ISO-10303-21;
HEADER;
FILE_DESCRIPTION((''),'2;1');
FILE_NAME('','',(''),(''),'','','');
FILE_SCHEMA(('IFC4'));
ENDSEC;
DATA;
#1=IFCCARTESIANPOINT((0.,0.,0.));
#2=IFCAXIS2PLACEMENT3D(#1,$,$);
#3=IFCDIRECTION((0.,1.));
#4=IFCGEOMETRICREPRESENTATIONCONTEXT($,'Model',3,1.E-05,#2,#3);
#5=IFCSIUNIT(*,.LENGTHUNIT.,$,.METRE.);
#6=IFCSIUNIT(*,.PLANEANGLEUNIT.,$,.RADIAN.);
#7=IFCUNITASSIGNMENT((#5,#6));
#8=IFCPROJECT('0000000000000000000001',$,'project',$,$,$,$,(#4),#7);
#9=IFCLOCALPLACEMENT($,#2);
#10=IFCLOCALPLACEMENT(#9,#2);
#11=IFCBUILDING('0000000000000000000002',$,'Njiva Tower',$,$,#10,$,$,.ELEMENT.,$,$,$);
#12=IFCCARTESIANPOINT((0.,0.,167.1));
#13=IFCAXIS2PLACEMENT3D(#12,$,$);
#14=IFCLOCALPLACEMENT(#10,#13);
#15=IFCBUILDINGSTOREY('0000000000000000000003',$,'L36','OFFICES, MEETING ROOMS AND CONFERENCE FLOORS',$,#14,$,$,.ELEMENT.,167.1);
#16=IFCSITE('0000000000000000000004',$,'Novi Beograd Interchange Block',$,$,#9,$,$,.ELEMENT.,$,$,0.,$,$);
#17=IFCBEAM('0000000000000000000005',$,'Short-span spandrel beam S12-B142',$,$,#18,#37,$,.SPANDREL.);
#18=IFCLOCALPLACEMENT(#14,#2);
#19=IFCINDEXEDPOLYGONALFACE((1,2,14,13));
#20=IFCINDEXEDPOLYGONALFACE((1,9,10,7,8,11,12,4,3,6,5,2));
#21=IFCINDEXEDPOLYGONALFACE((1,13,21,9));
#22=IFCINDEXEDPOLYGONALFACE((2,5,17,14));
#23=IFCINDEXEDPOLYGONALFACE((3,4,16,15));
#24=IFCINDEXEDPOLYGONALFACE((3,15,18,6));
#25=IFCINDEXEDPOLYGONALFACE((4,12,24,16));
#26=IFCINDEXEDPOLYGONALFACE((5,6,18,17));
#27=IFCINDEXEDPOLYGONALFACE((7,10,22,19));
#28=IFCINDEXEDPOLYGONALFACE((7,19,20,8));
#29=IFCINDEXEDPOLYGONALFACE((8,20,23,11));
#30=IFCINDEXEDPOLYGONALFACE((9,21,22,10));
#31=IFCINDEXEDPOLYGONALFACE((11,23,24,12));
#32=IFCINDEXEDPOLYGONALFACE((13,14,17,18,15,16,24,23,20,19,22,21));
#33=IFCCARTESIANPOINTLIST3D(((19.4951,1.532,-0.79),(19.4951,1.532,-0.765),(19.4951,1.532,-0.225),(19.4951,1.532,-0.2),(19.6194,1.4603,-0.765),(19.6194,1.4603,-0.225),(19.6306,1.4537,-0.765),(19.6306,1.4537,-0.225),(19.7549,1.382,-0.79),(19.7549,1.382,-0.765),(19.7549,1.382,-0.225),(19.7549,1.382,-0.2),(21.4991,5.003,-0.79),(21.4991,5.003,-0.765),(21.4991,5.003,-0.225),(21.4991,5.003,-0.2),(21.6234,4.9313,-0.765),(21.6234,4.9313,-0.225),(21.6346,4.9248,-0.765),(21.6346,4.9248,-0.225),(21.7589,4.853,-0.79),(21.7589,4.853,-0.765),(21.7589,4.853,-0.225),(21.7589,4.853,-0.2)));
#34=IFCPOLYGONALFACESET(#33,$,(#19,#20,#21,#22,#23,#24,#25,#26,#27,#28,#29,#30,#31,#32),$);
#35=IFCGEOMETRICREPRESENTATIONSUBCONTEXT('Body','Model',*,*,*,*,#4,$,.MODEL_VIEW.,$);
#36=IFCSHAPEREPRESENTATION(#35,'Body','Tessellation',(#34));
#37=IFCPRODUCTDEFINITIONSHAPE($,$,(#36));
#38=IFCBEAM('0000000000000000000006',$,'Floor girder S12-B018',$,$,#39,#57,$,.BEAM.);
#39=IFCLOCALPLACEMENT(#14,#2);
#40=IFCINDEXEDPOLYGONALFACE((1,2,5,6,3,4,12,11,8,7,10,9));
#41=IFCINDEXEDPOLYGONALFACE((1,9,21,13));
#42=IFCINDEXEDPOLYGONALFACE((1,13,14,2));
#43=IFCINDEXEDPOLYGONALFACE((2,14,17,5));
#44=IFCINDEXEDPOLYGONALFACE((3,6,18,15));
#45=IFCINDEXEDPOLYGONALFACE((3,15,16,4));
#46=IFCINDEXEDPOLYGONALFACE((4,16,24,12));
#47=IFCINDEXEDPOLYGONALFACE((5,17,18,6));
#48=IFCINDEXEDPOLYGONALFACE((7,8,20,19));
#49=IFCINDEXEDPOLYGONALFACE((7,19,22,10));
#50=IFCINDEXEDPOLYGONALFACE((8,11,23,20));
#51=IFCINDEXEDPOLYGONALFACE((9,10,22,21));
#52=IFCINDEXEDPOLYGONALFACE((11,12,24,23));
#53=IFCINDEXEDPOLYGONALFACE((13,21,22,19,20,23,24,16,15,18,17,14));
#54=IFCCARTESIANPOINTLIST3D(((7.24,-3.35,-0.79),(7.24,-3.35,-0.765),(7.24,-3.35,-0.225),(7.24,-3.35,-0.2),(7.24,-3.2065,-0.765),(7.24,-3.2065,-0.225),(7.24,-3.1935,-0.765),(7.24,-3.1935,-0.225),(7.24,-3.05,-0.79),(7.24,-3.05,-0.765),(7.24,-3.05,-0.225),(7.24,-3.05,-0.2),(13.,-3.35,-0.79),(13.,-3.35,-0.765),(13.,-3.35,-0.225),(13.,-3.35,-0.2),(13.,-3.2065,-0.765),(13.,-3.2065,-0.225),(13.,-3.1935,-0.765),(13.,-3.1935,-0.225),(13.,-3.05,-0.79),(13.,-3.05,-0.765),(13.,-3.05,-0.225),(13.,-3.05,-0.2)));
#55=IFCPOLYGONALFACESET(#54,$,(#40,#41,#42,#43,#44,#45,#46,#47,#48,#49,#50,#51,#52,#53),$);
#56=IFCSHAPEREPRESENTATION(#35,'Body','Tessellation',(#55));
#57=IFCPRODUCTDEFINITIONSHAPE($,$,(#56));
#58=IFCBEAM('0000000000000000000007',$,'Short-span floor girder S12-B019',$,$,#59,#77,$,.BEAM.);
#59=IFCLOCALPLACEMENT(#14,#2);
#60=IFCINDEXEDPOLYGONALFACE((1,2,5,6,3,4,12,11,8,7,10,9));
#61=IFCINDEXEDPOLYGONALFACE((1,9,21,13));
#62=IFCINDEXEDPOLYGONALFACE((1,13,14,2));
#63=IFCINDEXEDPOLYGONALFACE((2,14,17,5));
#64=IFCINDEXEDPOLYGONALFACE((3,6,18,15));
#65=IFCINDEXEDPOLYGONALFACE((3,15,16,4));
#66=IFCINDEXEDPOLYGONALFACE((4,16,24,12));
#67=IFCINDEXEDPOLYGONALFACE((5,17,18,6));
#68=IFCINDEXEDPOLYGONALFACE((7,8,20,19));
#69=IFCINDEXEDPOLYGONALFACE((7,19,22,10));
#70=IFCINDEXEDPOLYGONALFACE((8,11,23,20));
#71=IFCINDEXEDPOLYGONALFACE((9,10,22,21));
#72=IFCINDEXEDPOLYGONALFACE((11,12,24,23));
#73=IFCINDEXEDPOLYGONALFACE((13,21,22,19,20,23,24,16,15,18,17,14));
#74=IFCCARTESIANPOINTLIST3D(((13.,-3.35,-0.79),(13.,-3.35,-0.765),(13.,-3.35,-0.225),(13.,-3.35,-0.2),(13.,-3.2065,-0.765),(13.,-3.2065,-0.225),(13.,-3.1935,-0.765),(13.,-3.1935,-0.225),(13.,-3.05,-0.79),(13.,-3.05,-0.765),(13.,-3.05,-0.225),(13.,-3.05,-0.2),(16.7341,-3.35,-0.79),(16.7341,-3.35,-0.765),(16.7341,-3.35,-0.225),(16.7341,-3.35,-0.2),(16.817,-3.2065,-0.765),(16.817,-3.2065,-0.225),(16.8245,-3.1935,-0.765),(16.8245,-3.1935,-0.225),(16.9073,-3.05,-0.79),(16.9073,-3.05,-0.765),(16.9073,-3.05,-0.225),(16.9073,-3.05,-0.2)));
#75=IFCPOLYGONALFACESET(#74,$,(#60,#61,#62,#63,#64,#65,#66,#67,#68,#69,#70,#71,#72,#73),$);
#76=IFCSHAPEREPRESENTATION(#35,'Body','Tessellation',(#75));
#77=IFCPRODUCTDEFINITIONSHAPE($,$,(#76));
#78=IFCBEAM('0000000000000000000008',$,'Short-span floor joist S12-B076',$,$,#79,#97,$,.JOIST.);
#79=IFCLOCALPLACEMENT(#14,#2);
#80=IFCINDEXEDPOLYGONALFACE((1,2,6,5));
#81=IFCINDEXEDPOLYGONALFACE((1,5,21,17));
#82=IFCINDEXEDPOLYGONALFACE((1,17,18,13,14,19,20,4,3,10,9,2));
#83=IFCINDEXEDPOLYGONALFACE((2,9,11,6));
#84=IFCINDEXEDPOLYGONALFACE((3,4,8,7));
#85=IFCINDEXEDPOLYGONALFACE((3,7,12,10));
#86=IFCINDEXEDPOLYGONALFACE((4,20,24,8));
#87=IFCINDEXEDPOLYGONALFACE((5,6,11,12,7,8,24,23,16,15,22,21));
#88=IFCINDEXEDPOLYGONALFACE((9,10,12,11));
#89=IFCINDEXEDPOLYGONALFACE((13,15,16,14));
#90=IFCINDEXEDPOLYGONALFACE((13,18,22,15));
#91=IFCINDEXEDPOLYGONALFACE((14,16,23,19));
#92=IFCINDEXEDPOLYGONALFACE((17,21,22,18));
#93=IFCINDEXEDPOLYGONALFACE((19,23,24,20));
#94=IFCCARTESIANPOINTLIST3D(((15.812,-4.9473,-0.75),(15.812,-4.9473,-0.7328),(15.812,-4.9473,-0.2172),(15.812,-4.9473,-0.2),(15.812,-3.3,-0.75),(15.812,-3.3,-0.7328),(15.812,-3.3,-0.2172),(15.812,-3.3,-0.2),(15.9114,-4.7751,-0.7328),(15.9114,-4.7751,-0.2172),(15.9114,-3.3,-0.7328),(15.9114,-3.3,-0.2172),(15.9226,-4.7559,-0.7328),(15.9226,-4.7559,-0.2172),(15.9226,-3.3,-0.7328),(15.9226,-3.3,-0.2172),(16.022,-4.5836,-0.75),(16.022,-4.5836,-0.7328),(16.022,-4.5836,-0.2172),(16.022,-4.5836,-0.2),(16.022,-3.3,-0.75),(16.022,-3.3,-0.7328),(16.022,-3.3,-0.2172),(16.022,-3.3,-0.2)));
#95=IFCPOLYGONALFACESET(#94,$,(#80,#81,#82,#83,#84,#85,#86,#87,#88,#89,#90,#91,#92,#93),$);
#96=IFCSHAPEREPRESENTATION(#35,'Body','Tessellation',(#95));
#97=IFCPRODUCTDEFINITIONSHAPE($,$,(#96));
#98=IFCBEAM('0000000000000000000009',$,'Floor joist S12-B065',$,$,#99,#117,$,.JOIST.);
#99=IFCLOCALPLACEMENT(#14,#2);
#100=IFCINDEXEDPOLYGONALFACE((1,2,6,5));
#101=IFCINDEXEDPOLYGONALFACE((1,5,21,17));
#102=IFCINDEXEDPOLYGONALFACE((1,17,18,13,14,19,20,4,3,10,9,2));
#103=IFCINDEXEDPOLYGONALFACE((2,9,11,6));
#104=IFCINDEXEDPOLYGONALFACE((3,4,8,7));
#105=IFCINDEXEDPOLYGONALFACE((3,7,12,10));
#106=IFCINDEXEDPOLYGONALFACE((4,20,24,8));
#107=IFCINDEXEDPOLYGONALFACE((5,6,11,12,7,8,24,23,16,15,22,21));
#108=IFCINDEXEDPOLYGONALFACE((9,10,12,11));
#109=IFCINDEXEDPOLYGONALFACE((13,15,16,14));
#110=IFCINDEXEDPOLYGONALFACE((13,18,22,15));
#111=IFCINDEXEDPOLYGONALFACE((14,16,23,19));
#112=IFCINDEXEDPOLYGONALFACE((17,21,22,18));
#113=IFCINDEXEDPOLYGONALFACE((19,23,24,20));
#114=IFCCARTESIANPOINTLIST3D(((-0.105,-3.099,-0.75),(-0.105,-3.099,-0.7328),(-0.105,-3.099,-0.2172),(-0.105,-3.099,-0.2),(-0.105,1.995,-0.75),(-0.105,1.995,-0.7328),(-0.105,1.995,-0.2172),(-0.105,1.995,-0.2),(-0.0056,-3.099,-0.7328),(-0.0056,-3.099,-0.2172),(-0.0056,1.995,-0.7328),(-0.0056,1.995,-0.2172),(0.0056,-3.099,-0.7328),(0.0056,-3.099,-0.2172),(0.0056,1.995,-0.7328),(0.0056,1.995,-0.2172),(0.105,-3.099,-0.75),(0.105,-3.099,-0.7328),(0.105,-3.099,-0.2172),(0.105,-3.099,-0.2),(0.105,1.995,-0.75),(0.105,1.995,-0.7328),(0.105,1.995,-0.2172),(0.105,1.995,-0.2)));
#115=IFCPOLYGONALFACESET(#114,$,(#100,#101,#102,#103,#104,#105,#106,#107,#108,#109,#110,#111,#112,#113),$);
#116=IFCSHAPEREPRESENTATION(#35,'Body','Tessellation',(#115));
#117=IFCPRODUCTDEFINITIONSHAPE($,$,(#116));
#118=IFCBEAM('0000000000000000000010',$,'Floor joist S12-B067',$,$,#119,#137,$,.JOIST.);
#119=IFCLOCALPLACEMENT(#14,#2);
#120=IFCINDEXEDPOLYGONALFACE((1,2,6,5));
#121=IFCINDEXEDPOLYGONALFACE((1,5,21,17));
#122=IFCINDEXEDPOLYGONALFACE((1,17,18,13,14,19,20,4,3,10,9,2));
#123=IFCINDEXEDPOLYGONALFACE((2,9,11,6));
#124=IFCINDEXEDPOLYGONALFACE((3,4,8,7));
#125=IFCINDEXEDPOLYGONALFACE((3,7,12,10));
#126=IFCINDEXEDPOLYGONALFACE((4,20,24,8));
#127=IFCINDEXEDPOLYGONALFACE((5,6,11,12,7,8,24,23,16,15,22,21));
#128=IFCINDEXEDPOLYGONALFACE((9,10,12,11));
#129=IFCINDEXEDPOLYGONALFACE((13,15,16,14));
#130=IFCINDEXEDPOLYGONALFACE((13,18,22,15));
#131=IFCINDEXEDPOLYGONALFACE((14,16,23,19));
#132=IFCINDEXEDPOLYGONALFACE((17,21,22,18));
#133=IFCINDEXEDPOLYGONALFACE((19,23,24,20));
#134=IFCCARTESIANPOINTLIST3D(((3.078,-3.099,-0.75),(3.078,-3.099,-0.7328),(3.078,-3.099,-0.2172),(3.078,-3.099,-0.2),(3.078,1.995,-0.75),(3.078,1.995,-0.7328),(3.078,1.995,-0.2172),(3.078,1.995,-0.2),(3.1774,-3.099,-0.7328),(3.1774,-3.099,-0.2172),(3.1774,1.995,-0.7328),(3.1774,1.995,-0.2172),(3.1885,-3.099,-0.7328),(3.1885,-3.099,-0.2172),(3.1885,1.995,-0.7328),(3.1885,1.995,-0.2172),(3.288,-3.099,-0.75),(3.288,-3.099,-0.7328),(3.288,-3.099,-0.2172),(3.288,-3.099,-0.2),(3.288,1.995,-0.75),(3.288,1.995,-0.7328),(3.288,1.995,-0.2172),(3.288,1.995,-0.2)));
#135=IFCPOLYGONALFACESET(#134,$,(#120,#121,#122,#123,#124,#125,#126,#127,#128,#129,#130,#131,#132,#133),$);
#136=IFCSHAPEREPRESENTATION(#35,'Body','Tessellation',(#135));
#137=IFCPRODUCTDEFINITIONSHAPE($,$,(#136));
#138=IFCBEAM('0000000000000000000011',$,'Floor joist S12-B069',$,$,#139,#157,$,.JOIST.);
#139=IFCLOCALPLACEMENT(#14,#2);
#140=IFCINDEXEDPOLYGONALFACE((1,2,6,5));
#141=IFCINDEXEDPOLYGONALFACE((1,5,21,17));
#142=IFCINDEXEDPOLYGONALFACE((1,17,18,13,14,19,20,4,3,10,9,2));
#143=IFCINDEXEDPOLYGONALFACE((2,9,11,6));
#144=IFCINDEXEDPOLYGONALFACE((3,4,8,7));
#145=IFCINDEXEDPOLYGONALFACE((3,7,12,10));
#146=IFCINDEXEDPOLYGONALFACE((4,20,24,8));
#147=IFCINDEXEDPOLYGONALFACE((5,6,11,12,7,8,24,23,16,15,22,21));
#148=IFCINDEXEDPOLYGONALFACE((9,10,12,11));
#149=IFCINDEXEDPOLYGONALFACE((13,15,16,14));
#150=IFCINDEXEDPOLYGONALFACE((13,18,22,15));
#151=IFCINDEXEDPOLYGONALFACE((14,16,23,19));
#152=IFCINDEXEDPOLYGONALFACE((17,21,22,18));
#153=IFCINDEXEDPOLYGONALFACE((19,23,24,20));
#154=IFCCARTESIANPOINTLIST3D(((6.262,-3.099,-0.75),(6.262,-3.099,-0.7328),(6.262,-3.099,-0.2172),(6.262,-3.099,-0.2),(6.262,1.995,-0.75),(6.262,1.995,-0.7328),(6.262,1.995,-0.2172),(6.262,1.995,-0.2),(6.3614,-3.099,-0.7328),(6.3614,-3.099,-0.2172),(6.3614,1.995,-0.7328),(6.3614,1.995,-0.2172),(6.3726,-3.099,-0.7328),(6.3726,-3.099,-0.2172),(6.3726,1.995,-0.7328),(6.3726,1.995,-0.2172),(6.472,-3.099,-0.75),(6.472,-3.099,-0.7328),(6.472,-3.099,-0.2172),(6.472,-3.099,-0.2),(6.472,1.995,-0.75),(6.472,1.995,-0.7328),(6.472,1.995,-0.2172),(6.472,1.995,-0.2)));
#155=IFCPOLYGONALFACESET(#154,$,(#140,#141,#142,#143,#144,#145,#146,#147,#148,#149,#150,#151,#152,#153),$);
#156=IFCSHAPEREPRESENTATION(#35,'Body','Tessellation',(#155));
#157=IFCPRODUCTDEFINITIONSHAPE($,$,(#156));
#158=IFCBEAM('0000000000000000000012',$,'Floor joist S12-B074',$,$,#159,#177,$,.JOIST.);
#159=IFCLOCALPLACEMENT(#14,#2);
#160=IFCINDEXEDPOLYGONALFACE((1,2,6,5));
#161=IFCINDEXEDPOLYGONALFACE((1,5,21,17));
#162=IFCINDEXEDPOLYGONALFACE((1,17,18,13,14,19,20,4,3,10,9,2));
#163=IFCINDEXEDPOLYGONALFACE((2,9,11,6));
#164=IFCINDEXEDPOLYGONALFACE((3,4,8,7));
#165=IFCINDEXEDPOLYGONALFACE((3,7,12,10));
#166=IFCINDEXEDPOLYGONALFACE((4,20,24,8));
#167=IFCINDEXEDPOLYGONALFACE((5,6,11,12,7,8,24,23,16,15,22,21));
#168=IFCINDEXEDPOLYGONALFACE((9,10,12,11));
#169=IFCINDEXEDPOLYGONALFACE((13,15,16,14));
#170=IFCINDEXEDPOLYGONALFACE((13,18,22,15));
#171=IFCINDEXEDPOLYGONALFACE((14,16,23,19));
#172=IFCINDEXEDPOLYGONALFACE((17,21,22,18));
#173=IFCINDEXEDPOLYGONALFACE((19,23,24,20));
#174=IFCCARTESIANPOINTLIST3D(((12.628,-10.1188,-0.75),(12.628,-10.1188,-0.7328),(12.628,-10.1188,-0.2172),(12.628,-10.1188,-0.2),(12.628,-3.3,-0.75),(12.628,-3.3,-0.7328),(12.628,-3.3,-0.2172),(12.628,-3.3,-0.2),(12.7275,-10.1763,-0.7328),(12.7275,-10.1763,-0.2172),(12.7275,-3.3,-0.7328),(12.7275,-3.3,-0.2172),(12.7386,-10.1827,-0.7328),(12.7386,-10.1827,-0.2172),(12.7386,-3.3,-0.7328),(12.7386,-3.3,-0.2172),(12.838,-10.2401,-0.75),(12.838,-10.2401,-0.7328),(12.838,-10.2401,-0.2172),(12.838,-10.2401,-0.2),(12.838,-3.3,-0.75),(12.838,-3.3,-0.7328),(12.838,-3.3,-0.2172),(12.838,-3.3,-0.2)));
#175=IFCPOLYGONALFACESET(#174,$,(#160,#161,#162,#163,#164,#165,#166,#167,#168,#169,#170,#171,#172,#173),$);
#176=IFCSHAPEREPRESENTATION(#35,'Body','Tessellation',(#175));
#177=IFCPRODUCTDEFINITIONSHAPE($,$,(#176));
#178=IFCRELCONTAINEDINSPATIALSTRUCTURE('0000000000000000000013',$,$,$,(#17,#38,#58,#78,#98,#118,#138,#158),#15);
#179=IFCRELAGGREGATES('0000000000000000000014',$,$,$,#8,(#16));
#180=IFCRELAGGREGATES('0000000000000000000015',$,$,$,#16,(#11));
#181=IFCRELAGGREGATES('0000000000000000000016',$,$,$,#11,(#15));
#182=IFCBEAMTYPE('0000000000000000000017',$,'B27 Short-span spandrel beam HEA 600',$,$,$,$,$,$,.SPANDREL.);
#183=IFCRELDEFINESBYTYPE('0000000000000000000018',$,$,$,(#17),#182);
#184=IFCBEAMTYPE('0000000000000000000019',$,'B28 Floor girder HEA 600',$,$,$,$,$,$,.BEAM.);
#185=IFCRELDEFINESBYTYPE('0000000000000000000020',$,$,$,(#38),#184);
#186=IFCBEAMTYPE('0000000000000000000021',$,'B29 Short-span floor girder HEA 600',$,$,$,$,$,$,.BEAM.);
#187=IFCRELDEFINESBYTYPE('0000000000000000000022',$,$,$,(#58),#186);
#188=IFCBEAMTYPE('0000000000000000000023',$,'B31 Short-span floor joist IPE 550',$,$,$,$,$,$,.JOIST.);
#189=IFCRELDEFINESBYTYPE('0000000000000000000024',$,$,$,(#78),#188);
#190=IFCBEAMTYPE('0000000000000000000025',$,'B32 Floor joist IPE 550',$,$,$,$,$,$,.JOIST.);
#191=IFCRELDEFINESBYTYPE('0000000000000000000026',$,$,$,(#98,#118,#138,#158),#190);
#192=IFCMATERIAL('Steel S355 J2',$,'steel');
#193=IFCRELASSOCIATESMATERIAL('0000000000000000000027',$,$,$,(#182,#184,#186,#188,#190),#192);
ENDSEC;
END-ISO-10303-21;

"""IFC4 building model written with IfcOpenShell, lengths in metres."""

from ifc_helpers import new_model, si_unit, direction, frame, origin, origin_2d, place, context, subcontext, project, spatial, i_section, extrude, clip, halfspace, material, material_profile, profile_set, type_object, element, save


model = new_model("IFC4")

# Units and contexts
model_context = context("Model", 3, precision=1e-05, world=origin(), true_north=direction((0.0, 1.0)))
body_context = subcontext(model_context, "Body", "Model", "MODEL_VIEW")
ifc_project = project(units=[si_unit("LENGTHUNIT", "METRE"), si_unit("PLANEANGLEUNIT", "RADIAN")], contexts=[model_context])

# Site, building, storey
site_placement = place(None, origin())
site = spatial("IfcSite", under=ifc_project, at=site_placement, Name="Novi Beograd Interchange Block", CompositionType="ELEMENT", RefElevation=0.0)
building_placement = place(site_placement, origin())
building = spatial("IfcBuilding", under=site, at=building_placement, Name="Njiva Tower", CompositionType="ELEMENT")
storey_placement = place(building_placement, frame((0.0, 0.0, 167.1)))
storey = spatial("IfcBuildingStorey", under=building, at=storey_placement, Name="L36", Description="OFFICES, MEETING ROOMS AND CONFERENCE FLOORS", CompositionType="ELEMENT", Elevation=167.1)

# Shared definitions
ifc_material_1 = material(Name="Steel S355 J2", Category="steel")

# Beams
ifc_material_profile_1 = material_profile(ifc_material_1, i_section(OverallWidth=0.3, OverallDepth=0.59, WebThickness=0.013, FlangeThickness=0.025, at=origin_2d()), Name="HEA 600")
ifc_profile_set_1 = profile_set([ifc_material_profile_1], Name="Steel S355 J2")
beam_type_1 = type_object("IfcBeamType", Name="B27 Short-span spandrel beam HEA 600", PredefinedType="SPANDREL", material=ifc_profile_set_1)
for number, where, z_axis, x_axis, name in (
    (1, (19.625, 1.457, -0.495), (0.500003, 0.866024, 0.0), (-0.866024, 0.500003, 0.0), "Short-span spandrel beam S12-B142"),
):
    element("IfcBeam", number, at=place(storey_placement, frame(where, z_axis=z_axis, x_axis=x_axis)), inside=storey, type_object=beam_type_1, Name=name, PredefinedType="SPANDREL", context=body_context, shape_type="SweptSolid", body=[
        extrude(i_section(OverallWidth=0.3, OverallDepth=0.59, WebThickness=0.013, FlangeThickness=0.025, at=origin_2d()), origin(), (0.0, 0.0, 1.0), 4.008),
    ])
ifc_material_profile_2 = material_profile(ifc_material_1, i_section(OverallWidth=0.3, OverallDepth=0.59, WebThickness=0.013, FlangeThickness=0.025, at=origin_2d()), Name="HEA 600")
ifc_profile_set_2 = profile_set([ifc_material_profile_2], Name="Steel S355 J2")
beam_type_2 = type_object("IfcBeamType", Name="B28 Floor girder HEA 600", PredefinedType="BEAM", material=ifc_profile_set_2)
beam_1_placement = place(storey_placement, frame((7.24, -3.2, -0.495), z_axis=(1.0, 0.0, 0.0), x_axis=(0.0, 1.0, 0.0)))
element("IfcBeam", 2, at=beam_1_placement, inside=storey, type_object=beam_type_2, Name="Floor girder S12-B018", PredefinedType="BEAM", context=body_context, shape_type="SweptSolid", body=[
    extrude(i_section(OverallWidth=0.3, OverallDepth=0.59, WebThickness=0.013, FlangeThickness=0.025, at=origin_2d()), origin(), (0.0, 0.0, 1.0), 5.76),
])
ifc_material_profile_3 = material_profile(ifc_material_1, i_section(OverallWidth=0.3, OverallDepth=0.59, WebThickness=0.013, FlangeThickness=0.025, at=origin_2d()), Name="HEA 600")
ifc_profile_set_3 = profile_set([ifc_material_profile_3], Name="Steel S355 J2")
beam_type_3 = type_object("IfcBeamType", Name="B29 Short-span floor girder HEA 600", PredefinedType="BEAM", material=ifc_profile_set_3)
beam_2_placement = place(storey_placement, frame((13.0, -3.2, -0.495), z_axis=(1.0, 0.0, 0.0), x_axis=(0.0, 1.0, 0.0)))
element("IfcBeam", 3, at=beam_2_placement, inside=storey, type_object=beam_type_3, Name="Short-span floor girder S12-B019", PredefinedType="BEAM", context=body_context, shape_type="Clipping", body=[
    clip(extrude(i_section(OverallWidth=0.3, OverallDepth=0.59, WebThickness=0.013, FlangeThickness=0.025, at=origin_2d()), origin(), (0.0, 0.0, 1.0), 3.928), halfspace(frame((-0.025, 0.0, 3.8063), z_axis=(-0.499998, 0.0, 0.866027), x_axis=(0.0, 1.0, 0.0)), False)),
])
ifc_material_profile_4 = material_profile(ifc_material_1, i_section(OverallWidth=0.21, OverallDepth=0.55, WebThickness=0.0111, FlangeThickness=0.0172, at=origin_2d()), Name="IPE 550")
ifc_profile_set_4 = profile_set([ifc_material_profile_4], Name="Steel S355 J2")
beam_type_4 = type_object("IfcBeamType", Name="B31 Short-span floor joist IPE 550", PredefinedType="JOIST", material=ifc_profile_set_4)
beam_3_placement = place(storey_placement, frame((15.917, -3.3, -0.475), z_axis=(0.0, -1.0, 0.0), x_axis=(1.0, 0.0, 0.0)))
element("IfcBeam", 4, at=beam_3_placement, inside=storey, type_object=beam_type_4, Name="Short-span floor joist S12-B076", PredefinedType="JOIST", context=body_context, shape_type="Clipping", body=[
    clip(extrude(i_section(OverallWidth=0.21, OverallDepth=0.55, WebThickness=0.0111, FlangeThickness=0.0172, at=origin_2d()), origin(), (0.0, 0.0, 1.0), 1.668), halfspace(frame((0.043, 0.0, 1.391), z_axis=(0.866027, 0.0, 0.499998), x_axis=(0.0, 1.0, 0.0)), False)),
])
ifc_material_profile_5 = material_profile(ifc_material_1, i_section(OverallWidth=0.21, OverallDepth=0.55, WebThickness=0.0111, FlangeThickness=0.0172, at=origin_2d()), Name="IPE 550")
ifc_profile_set_5 = profile_set([ifc_material_profile_5], Name="Steel S355 J2")
beam_type_5 = type_object("IfcBeamType", Name="B32 Floor joist IPE 550", PredefinedType="JOIST", material=ifc_profile_set_5)
for number, where, z_axis, x_axis, name in (
    (5, (0.0, 1.995, -0.475), (0.0, -1.0, 0.0), (1.0, 0.0, 0.0), "Floor joist S12-B065"),
    (6, (3.183, 1.995, -0.475), (0.0, -1.0, 0.0), (1.0, 0.0, 0.0), "Floor joist S12-B067"),
    (7, (6.367, 1.995, -0.475), (0.0, -1.0, 0.0), (1.0, 0.0, 0.0), "Floor joist S12-B069"),
):
    element("IfcBeam", number, at=place(storey_placement, frame(where, z_axis=z_axis, x_axis=x_axis)), inside=storey, type_object=beam_type_5, Name=name, PredefinedType="JOIST", context=body_context, shape_type="SweptSolid", body=[
        extrude(i_section(OverallWidth=0.21, OverallDepth=0.55, WebThickness=0.0111, FlangeThickness=0.0172, at=origin_2d()), origin(), (0.0, 0.0, 1.0), 5.094),
    ])
beam_4_placement = place(storey_placement, frame((12.733, -3.3, -0.475), z_axis=(0.0, -1.0, 0.0), x_axis=(1.0, 0.0, 0.0)))
element("IfcBeam", 8, at=beam_4_placement, inside=storey, type_object=beam_type_5, Name="Floor joist S12-B074", PredefinedType="JOIST", context=body_context, shape_type="Clipping", body=[
    clip(extrude(i_section(OverallWidth=0.21, OverallDepth=0.55, WebThickness=0.0111, FlangeThickness=0.0172, at=origin_2d()), origin(), (0.0, 0.0, 1.0), 6.961), halfspace(frame((-0.0247, 0.0, 6.8652), z_axis=(-0.499998, 0.0, 0.866027), x_axis=(0.0, 1.0, 0.0)), False)),
])

save(model, "model.ifc")
